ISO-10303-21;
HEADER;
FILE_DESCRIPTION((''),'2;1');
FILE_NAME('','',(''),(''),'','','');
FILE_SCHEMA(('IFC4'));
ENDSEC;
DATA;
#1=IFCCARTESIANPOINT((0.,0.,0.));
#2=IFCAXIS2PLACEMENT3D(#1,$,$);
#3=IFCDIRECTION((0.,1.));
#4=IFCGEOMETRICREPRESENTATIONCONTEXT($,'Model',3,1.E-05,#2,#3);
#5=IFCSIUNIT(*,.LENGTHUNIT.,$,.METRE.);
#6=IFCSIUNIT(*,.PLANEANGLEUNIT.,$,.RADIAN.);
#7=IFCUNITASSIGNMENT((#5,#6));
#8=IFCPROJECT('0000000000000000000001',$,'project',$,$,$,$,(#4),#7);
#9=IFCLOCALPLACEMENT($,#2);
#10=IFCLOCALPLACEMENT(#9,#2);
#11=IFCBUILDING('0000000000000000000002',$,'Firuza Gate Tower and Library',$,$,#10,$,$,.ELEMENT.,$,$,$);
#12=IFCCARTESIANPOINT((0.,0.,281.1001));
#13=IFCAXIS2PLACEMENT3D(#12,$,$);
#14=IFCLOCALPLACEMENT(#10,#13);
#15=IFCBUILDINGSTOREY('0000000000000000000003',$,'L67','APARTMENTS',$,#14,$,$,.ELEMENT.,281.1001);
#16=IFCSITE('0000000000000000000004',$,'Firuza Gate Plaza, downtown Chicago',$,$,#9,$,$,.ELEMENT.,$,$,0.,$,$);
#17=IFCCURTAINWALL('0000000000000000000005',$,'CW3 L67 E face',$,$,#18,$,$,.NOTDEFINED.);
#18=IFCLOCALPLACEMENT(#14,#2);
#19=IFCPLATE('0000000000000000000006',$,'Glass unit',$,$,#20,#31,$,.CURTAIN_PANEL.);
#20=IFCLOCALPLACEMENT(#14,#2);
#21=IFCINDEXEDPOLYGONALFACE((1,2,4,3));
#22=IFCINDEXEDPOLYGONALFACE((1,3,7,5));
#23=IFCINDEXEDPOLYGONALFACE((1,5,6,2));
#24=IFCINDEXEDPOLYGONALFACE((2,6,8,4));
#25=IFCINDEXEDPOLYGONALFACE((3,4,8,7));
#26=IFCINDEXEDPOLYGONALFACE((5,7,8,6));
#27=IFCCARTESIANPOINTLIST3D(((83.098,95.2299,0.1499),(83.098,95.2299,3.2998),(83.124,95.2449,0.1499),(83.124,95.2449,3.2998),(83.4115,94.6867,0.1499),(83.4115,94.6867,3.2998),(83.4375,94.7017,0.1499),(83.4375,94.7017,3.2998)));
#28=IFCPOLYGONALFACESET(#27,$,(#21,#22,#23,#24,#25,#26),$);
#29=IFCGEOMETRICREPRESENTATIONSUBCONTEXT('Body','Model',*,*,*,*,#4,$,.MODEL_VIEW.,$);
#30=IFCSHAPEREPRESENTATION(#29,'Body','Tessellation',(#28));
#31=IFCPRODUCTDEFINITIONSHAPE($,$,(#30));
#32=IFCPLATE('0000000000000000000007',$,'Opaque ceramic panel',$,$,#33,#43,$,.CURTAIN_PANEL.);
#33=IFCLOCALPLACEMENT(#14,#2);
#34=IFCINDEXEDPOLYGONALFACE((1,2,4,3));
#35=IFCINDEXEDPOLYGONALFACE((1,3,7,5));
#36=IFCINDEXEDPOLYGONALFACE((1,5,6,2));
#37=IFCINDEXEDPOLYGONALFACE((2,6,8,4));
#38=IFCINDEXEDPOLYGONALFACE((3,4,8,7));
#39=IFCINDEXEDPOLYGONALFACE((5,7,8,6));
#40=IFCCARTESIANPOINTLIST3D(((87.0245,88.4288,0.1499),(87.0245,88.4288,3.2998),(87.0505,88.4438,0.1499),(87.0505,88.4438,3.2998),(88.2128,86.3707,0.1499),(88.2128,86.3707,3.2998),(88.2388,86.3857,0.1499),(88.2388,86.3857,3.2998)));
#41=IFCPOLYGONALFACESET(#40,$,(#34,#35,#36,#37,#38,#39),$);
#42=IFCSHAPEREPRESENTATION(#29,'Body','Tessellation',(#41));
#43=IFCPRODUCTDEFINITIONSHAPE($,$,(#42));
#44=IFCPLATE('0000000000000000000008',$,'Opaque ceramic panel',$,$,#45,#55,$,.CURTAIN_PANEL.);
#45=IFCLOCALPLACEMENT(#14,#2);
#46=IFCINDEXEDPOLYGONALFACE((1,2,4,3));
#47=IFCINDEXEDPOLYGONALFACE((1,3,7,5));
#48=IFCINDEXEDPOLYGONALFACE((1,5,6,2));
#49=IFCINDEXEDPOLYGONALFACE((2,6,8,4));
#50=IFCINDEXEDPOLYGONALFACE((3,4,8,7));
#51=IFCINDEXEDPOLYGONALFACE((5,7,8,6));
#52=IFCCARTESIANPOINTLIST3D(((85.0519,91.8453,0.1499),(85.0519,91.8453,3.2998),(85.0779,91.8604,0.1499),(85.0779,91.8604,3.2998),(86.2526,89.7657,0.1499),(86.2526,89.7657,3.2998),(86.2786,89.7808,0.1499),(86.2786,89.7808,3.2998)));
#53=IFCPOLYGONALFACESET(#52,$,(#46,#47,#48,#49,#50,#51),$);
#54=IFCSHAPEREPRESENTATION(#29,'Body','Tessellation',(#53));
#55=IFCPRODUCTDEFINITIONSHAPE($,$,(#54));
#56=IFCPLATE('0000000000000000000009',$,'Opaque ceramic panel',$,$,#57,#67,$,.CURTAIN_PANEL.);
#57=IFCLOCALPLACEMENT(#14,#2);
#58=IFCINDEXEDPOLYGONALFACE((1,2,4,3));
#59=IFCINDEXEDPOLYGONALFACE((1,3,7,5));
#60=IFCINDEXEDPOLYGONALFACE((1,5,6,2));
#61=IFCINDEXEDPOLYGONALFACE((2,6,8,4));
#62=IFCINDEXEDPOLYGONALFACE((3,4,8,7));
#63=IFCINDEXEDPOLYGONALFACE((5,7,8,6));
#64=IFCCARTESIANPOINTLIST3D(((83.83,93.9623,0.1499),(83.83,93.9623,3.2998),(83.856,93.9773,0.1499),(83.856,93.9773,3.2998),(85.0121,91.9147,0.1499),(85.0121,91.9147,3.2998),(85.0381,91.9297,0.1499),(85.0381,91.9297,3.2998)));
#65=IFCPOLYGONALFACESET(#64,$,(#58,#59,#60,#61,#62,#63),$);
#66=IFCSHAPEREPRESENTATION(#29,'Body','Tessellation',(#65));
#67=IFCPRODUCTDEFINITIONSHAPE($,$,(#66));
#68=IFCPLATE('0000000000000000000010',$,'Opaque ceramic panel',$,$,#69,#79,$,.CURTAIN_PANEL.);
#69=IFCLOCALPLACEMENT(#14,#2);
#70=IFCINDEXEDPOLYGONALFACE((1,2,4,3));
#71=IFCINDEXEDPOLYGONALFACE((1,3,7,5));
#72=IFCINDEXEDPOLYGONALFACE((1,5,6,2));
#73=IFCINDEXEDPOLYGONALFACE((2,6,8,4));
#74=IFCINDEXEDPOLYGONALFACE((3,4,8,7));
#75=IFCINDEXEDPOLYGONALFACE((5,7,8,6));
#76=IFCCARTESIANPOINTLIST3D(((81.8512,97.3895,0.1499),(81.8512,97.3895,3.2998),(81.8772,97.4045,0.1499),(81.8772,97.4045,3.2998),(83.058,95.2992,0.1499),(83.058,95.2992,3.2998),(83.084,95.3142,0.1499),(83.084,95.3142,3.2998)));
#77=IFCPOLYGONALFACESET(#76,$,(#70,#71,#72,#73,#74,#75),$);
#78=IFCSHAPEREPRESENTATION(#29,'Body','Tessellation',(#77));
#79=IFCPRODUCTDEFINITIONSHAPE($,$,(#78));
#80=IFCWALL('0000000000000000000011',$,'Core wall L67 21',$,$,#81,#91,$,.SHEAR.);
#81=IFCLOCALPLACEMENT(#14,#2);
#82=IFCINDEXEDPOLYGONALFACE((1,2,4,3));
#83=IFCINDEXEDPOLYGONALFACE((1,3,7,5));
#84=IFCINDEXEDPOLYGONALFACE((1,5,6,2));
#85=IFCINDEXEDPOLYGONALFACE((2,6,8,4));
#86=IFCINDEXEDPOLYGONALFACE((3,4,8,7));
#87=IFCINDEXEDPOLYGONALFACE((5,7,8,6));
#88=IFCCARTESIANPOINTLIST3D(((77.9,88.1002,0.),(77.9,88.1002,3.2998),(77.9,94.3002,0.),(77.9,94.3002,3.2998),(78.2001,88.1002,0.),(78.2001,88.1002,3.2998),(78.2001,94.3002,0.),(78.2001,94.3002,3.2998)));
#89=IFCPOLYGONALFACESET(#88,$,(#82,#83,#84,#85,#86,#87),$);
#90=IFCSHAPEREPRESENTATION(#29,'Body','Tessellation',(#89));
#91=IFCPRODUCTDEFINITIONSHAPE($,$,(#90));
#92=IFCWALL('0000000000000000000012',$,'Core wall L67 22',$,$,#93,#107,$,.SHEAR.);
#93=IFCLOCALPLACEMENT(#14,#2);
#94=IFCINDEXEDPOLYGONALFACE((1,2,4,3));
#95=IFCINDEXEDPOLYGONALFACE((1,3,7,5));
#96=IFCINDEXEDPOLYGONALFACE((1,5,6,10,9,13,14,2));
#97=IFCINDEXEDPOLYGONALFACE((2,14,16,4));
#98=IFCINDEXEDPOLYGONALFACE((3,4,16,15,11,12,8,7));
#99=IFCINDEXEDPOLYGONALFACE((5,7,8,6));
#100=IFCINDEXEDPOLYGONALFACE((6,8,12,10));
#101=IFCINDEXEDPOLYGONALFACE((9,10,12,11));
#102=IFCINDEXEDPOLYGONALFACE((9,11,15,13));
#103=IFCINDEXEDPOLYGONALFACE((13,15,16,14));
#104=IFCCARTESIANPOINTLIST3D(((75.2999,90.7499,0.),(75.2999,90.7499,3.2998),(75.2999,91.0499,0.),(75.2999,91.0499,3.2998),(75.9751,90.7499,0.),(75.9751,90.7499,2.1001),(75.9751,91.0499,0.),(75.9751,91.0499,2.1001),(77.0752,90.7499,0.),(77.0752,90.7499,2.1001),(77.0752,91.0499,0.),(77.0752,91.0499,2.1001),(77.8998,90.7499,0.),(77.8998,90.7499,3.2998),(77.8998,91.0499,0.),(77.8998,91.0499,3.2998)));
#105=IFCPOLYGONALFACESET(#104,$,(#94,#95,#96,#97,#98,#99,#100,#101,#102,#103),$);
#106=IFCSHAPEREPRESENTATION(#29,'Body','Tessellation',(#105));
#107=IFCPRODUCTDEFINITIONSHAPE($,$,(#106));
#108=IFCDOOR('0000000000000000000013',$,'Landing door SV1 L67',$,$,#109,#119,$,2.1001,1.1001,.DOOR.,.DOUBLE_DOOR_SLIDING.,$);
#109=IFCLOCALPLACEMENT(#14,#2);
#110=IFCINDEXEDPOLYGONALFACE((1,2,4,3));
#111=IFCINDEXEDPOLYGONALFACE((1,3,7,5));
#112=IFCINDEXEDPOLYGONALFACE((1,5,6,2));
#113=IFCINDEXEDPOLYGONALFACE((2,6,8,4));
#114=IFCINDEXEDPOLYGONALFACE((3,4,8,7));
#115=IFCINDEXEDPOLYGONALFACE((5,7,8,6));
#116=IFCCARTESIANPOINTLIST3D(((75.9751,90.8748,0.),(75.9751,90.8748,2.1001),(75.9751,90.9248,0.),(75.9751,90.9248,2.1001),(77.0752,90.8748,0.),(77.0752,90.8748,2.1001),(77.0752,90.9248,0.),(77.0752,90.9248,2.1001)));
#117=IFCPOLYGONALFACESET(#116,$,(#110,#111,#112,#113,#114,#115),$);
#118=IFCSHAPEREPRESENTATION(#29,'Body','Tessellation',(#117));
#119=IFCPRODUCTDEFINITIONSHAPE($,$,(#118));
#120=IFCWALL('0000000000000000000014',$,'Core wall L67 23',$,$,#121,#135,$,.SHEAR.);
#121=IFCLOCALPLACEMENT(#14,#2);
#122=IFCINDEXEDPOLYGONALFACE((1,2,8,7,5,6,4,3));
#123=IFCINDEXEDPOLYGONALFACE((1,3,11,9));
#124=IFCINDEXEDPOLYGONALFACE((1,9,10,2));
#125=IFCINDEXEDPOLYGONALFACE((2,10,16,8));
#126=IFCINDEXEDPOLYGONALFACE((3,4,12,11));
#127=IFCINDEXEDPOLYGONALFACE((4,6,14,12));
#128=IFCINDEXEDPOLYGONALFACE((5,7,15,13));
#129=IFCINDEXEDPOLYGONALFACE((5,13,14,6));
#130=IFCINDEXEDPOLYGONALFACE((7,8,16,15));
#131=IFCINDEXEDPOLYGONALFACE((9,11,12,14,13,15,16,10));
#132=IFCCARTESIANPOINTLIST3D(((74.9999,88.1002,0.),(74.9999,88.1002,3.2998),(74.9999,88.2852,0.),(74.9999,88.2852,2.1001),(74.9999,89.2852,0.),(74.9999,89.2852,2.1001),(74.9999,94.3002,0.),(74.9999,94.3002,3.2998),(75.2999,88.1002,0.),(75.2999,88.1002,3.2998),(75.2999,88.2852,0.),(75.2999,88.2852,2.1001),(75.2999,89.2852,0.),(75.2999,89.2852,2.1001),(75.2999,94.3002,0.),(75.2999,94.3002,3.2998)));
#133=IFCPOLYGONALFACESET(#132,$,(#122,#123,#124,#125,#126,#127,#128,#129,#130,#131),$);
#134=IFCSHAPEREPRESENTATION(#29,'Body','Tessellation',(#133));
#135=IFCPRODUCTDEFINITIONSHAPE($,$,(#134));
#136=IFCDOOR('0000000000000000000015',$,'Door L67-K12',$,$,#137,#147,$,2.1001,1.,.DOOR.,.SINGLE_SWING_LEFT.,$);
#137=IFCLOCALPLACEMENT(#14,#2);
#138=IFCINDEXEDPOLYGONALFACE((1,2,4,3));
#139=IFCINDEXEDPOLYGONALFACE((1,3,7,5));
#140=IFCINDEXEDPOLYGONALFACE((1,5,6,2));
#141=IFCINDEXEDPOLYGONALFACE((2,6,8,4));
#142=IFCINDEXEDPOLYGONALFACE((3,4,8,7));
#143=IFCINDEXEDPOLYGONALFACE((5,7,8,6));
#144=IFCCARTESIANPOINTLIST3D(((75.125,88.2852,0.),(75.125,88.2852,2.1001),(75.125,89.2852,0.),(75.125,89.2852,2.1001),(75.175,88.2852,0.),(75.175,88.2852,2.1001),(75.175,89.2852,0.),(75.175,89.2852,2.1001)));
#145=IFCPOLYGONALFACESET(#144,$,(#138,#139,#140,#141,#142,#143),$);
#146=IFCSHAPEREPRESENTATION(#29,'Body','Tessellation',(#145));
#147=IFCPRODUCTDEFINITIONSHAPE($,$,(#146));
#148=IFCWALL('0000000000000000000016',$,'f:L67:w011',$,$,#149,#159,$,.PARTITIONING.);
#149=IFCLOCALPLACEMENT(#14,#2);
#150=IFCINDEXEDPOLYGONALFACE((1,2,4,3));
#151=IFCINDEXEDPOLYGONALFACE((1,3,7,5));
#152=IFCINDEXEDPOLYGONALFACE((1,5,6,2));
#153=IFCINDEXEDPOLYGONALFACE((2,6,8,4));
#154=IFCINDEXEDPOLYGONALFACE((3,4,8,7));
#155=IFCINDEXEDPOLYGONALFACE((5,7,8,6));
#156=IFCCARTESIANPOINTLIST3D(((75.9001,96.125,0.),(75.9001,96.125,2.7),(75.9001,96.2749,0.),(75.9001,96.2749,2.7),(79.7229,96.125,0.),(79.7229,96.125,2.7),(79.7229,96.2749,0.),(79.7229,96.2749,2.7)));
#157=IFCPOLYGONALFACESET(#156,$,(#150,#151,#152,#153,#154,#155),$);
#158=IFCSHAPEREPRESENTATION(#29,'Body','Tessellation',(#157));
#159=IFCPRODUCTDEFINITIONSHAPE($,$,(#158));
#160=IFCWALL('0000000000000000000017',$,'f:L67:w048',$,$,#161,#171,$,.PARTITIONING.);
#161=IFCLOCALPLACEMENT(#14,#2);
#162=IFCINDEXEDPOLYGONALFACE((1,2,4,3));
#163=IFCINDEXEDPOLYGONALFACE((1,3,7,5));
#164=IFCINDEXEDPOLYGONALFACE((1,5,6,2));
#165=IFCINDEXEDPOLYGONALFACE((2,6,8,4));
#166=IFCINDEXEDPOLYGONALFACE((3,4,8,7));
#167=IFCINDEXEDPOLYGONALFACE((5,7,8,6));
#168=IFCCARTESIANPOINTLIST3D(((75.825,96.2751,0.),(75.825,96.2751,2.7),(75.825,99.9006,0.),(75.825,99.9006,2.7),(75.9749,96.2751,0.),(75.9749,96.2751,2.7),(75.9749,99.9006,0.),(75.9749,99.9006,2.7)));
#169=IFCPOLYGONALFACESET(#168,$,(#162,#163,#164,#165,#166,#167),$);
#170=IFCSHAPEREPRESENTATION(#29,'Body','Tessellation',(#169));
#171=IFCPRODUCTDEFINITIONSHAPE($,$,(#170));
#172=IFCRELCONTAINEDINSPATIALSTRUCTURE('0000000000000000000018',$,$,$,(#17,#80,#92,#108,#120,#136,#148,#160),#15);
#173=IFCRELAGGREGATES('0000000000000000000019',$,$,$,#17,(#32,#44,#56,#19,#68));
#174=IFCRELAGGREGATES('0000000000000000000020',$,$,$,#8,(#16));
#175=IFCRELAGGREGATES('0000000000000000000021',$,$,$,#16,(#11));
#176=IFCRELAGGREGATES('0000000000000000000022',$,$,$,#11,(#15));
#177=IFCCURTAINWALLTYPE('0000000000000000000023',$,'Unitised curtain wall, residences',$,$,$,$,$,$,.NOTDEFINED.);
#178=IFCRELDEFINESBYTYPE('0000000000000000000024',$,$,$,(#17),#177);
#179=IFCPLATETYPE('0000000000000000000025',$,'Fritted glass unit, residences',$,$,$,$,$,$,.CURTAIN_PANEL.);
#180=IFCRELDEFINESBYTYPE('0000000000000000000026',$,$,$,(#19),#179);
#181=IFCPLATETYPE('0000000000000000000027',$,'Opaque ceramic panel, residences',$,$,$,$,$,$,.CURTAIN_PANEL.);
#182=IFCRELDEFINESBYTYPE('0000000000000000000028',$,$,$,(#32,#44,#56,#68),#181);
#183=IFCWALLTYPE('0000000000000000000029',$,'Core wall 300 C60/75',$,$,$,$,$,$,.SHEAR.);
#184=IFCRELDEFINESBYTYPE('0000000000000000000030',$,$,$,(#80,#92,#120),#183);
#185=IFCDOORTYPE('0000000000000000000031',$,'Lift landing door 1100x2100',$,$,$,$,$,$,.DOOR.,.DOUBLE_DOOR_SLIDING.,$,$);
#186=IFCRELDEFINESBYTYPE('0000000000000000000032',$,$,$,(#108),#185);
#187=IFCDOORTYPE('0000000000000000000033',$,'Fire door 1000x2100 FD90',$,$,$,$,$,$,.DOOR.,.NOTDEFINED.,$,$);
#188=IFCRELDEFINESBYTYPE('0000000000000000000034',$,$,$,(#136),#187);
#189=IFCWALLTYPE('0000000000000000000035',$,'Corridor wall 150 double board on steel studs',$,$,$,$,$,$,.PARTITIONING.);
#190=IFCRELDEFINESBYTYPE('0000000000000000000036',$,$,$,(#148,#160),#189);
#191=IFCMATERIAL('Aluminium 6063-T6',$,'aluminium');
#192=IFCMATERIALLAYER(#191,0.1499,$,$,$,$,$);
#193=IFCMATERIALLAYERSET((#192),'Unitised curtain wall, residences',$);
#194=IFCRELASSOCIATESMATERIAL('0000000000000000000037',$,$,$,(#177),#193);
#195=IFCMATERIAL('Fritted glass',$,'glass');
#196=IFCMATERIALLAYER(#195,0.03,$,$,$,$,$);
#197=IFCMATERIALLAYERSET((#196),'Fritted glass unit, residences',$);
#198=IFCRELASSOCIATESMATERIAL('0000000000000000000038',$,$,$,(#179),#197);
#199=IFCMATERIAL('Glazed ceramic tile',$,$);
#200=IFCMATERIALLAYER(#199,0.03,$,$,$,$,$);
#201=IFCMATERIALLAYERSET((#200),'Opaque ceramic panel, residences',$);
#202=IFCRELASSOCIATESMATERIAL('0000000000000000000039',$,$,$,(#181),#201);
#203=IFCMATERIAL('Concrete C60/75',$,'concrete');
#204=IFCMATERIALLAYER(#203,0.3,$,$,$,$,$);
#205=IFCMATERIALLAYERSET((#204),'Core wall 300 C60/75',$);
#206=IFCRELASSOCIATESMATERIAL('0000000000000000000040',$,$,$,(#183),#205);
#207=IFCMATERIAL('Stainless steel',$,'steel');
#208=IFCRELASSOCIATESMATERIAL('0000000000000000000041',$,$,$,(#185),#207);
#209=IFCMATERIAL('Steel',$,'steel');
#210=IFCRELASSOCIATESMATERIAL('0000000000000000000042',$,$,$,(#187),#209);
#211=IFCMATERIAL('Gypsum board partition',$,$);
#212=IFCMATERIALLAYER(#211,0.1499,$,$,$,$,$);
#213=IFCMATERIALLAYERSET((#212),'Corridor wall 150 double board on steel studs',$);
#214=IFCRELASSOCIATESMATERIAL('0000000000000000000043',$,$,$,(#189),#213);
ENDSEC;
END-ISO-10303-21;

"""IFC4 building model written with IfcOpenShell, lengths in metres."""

from ifc_helpers import new_model, si_unit, direction, frame, frame_2d, origin, place, context, subcontext, project, spatial, polyline, rectangle, outline, extrude, material, layer, layer_set, type_object, element, fill, aggregate, save


model = new_model("IFC4")

# Units and contexts
model_context = context("Model", 3, precision=1e-05, world=origin(), true_north=direction((0.0, 1.0)))
body_context = subcontext(model_context, "Body", "Model", "MODEL_VIEW")
ifc_project = project(units=[si_unit("LENGTHUNIT", "METRE"), si_unit("PLANEANGLEUNIT", "RADIAN")], contexts=[model_context])

# Site, building, storey
site_placement = place(None, origin())
site = spatial("IfcSite", under=ifc_project, at=site_placement, Name="Firuza Gate Plaza, downtown Chicago", CompositionType="ELEMENT", RefElevation=0.0)
building_placement = place(site_placement, origin())
building = spatial("IfcBuilding", under=site, at=building_placement, Name="Firuza Gate Tower and Library", CompositionType="ELEMENT")
storey_placement = place(building_placement, frame((0.0, 0.0, 281.1001)))
storey = spatial("IfcBuildingStorey", under=building, at=storey_placement, Name="L67", Description="APARTMENTS", CompositionType="ELEMENT", Elevation=281.1001)

# Curtain wall
ifc_material_1 = material(Name="Aluminium 6063-T6", Category="aluminium")
ifc_layer_1 = layer(ifc_material_1, 0.1499)
ifc_layer_set_1 = layer_set([ifc_layer_1], Name="Unitised curtain wall, residences")
curtain_wall_type = type_object("IfcCurtainWallType", Name="Unitised curtain wall, residences", PredefinedType="NOTDEFINED", material=ifc_layer_set_1)
curtain_wall_placement = place(storey_placement, origin())
curtain_wall = element("IfcCurtainWall", 1, at=curtain_wall_placement, inside=storey, type_object=curtain_wall_type, Name="CW3 L67 E face", PredefinedType="NOTDEFINED")

# Plates
ifc_material_2 = material(Name="Fritted glass", Category="glass")
ifc_layer_2 = layer(ifc_material_2, 0.03)
ifc_layer_set_2 = layer_set([ifc_layer_2], Name="Fritted glass unit, residences")
plate_type_1 = type_object("IfcPlateType", Name="Fritted glass unit, residences", PredefinedType="CURTAIN_PANEL", material=ifc_layer_set_2)
plate_1_placement = place(storey_placement, frame((83.4375, 94.7017, 0.1499), z_axis=(0.866127, 0.499824, 0.0), x_axis=(-0.499824, 0.866127, 0.0)))
plate_1 = element("IfcPlate", 2, at=plate_1_placement, type_object=plate_type_1, Name="Glass unit", PredefinedType="CURTAIN_PANEL", context=body_context, shape_type="SweptSolid", body=[
    extrude(outline(polyline([(0.0, 0.0), (0.6272, 0.0), (0.6272, 3.1499), (0.0, 3.1499), (0.0, 0.0)])), origin(), (0.0, 0.0, -1.0), 0.03),
])
ifc_material_3 = material(Name="Glazed ceramic tile")
ifc_layer_3 = layer(ifc_material_3, 0.03)
ifc_layer_set_3 = layer_set([ifc_layer_3], Name="Opaque ceramic panel, residences")
plate_type_2 = type_object("IfcPlateType", Name="Opaque ceramic panel, residences", PredefinedType="CURTAIN_PANEL", material=ifc_layer_set_3)
plate_2_placement = place(storey_placement, frame((88.2388, 86.3857, 0.1499), z_axis=(0.866028, 0.499995, 0.0), x_axis=(-0.499995, 0.866028, 0.0)))
plate_2 = element("IfcPlate", 3, at=plate_2_placement, type_object=plate_type_2, Name="Opaque ceramic panel", PredefinedType="CURTAIN_PANEL", context=body_context, shape_type="SweptSolid", body=[
    extrude(outline(polyline([(0.0, 0.0), (2.3765, 0.0), (2.3765, 3.1499), (0.0, 3.1499), (0.0, 0.0)])), origin(), (0.0, 0.0, -1.0), 0.03),
])
plate_3_placement = place(storey_placement, frame((86.2786, 89.7808, 0.1499), z_axis=(0.86602, 0.50001, 0.0), x_axis=(-0.50001, 0.86602, 0.0)))
plate_3 = element("IfcPlate", 4, at=plate_3_placement, type_object=plate_type_2, Name="Opaque ceramic panel", PredefinedType="CURTAIN_PANEL", context=body_context, shape_type="SweptSolid", body=[
    extrude(outline(polyline([(0.0, 0.0), (2.4013, 0.0), (2.4013, 3.1499), (0.0, 3.1499), (0.0, 0.0)])), origin(), (0.0, 0.0, -1.0), 0.03),
])
plate_4_placement = place(storey_placement, frame((85.0381, 91.9297, 0.1499), z_axis=(0.866036, 0.499982, 0.0), x_axis=(-0.499982, 0.866036, 0.0)))
plate_4 = element("IfcPlate", 5, at=plate_4_placement, type_object=plate_type_2, Name="Opaque ceramic panel", PredefinedType="CURTAIN_PANEL", context=body_context, shape_type="SweptSolid", body=[
    extrude(outline(polyline([(0.0, 0.0), (2.3643, 0.0), (2.3643, 3.1499), (0.0, 3.1499), (0.0, 0.0)])), origin(), (0.0, 0.0, -1.0), 0.03),
])
plate_5_placement = place(storey_placement, frame((83.084, 95.3142, 0.1499), z_axis=(0.866037, 0.499979, 0.0), x_axis=(-0.499979, 0.866037, 0.0)))
plate_5 = element("IfcPlate", 6, at=plate_5_placement, type_object=plate_type_2, Name="Opaque ceramic panel", PredefinedType="CURTAIN_PANEL", context=body_context, shape_type="SweptSolid", body=[
    extrude(outline(polyline([(0.0, 0.0), (2.4137, 0.0), (2.4137, 3.1499), (0.0, 3.1499), (0.0, 0.0)])), origin(), (0.0, 0.0, -1.0), 0.03),
])
aggregate(curtain_wall, [plate_2, plate_3, plate_4, plate_1, plate_5])

# Wall
ifc_material_4 = material(Name="Concrete C60/75", Category="concrete")
ifc_layer_4 = layer(ifc_material_4, 0.3)
ifc_layer_set_4 = layer_set([ifc_layer_4], Name="Core wall 300 C60/75")
wall_type_1 = type_object("IfcWallType", Name="Core wall 300 C60/75", PredefinedType="SHEAR", material=ifc_layer_set_4)
wall_1_placement = place(storey_placement, frame((78.05, 88.1001, 0.0), z_axis=(0.0, 0.0, 1.0), x_axis=(0.0, 1.0, 0.0)))
element("IfcWall", 7, at=wall_1_placement, inside=storey, type_object=wall_type_1, Name="Core wall L67 21", PredefinedType="SHEAR", context=body_context, shape_type="SweptSolid", body=[
    extrude(rectangle(XDim=6.2, YDim=0.3, at=frame_2d((3.1001, 0.0))), origin(), (0.0, 0.0, 1.0), 3.2998),
])

# Walls, openings, doors
wall_2_placement = place(storey_placement, frame((75.3, 90.8999, 0.0), z_axis=(0.0, 0.0, 1.0), x_axis=(1.0, 0.0, 0.0)))
wall_2 = element("IfcWall", 8, at=wall_2_placement, inside=storey, type_object=wall_type_1, Name="Core wall L67 22", PredefinedType="SHEAR", context=body_context, shape_type="SweptSolid", body=[
    extrude(rectangle(XDim=2.5999, YDim=0.3, at=frame_2d((1.2998, 0.0))), origin(), (0.0, 0.0, 1.0), 3.2998),
])
opening_1_placement = place(wall_2_placement, frame((0.675, 0.0, 0.0)))
opening_1 = element("IfcOpeningElement", 9, at=opening_1_placement, cuts=wall_2, PredefinedType="OPENING", context=body_context, shape_type="SweptSolid", body=[
    extrude(rectangle(XDim=1.1001, YDim=2.1001, at=frame_2d((0.55, 1.05))), frame((0.0, 0.1602, 0.0), z_axis=(0.0, -1.0, 0.0), x_axis=(1.0, 0.0, 0.0)), (0.0, 0.0, 1.0), 0.3201),
])
ifc_material_5 = material(Name="Stainless steel", Category="steel")
door_type_1 = type_object("IfcDoorType", Name="Lift landing door 1100x2100", OperationType="DOUBLE_DOOR_SLIDING", PredefinedType="DOOR", material=ifc_material_5)
door_1_placement = place(opening_1_placement, origin())
door_1 = element("IfcDoor", 10, at=door_1_placement, inside=storey, type_object=door_type_1, Name="Landing door SV1 L67", OperationType="DOUBLE_DOOR_SLIDING", OverallHeight=2.1001, OverallWidth=1.1001, PredefinedType="DOOR", context=body_context, shape_type="SweptSolid", body=[
    extrude(rectangle(XDim=1.1001, YDim=2.1001, at=frame_2d((0.55, 1.05))), frame((0.0, 0.0249, 0.0), z_axis=(0.0, -1.0, 0.0), x_axis=(1.0, 0.0, 0.0)), (0.0, 0.0, 1.0), 0.05),
])
fill(opening_1, door_1)
wall_3_placement = place(storey_placement, frame((75.1499, 88.1001, 0.0), z_axis=(0.0, 0.0, 1.0), x_axis=(0.0, 1.0, 0.0)))
wall_3 = element("IfcWall", 11, at=wall_3_placement, inside=storey, type_object=wall_type_1, Name="Core wall L67 23", PredefinedType="SHEAR", context=body_context, shape_type="SweptSolid", body=[
    extrude(rectangle(XDim=6.2, YDim=0.3, at=frame_2d((3.1001, 0.0))), origin(), (0.0, 0.0, 1.0), 3.2998),
])
opening_2_placement = place(wall_3_placement, frame((0.1851, 0.0, 0.0)))
opening_2 = element("IfcOpeningElement", 12, at=opening_2_placement, cuts=wall_3, PredefinedType="OPENING", context=body_context, shape_type="SweptSolid", body=[
    extrude(rectangle(XDim=1.0, YDim=2.1001, at=frame_2d((0.5, 1.05))), frame((0.0, 0.1602, 0.0), z_axis=(0.0, -1.0, 0.0), x_axis=(1.0, 0.0, 0.0)), (0.0, 0.0, 1.0), 0.3201),
])
ifc_material_6 = material(Name="Steel", Category="steel")
door_type_2 = type_object("IfcDoorType", Name="Fire door 1000x2100 FD90", OperationType="NOTDEFINED", PredefinedType="DOOR", material=ifc_material_6)
door_2_placement = place(opening_2_placement, origin())
door_2 = element("IfcDoor", 13, at=door_2_placement, inside=storey, type_object=door_type_2, Name="Door L67-K12", OperationType="SINGLE_SWING_LEFT", OverallHeight=2.1001, OverallWidth=1.0, PredefinedType="DOOR", context=body_context, shape_type="SweptSolid", body=[
    extrude(rectangle(XDim=1.0, YDim=2.1001, at=frame_2d((0.5, 1.05))), frame((0.0, 0.0249, 0.0), z_axis=(0.0, -1.0, 0.0), x_axis=(1.0, 0.0, 0.0)), (0.0, 0.0, 1.0), 0.05),
])
fill(opening_2, door_2)

# Walls
ifc_material_7 = material(Name="Gypsum board partition")
ifc_layer_5 = layer(ifc_material_7, 0.1499)
ifc_layer_set_5 = layer_set([ifc_layer_5], Name="Corridor wall 150 double board on steel studs")
wall_type_2 = type_object("IfcWallType", Name="Corridor wall 150 double board on steel studs", PredefinedType="PARTITIONING", material=ifc_layer_set_5)
wall_4_placement = place(storey_placement, frame((75.9001, 96.2, 0.0), z_axis=(0.0, 0.0, 1.0), x_axis=(1.0, 0.0, 0.0)))
element("IfcWall", 14, at=wall_4_placement, inside=storey, type_object=wall_type_2, Name="f:L67:w011", PredefinedType="PARTITIONING", context=body_context, shape_type="SweptSolid", body=[
    extrude(rectangle(XDim=3.8228, YDim=0.1499, at=frame_2d((1.9114, 0.0))), origin(), (0.0, 0.0, 1.0), 2.7),
])
wall_5_placement = place(storey_placement, frame((75.8999, 96.2751, 0.0), z_axis=(0.0, 0.0, 1.0), x_axis=(0.0, 1.0, 0.0)))
element("IfcWall", 15, at=wall_5_placement, inside=storey, type_object=wall_type_2, Name="f:L67:w048", PredefinedType="PARTITIONING", context=body_context, shape_type="SweptSolid", body=[
    extrude(rectangle(XDim=3.6255, YDim=0.1499, at=frame_2d((1.8127, 0.0))), origin(), (0.0, 0.0, 1.0), 2.7),
])

save(model, "model.ifc")
